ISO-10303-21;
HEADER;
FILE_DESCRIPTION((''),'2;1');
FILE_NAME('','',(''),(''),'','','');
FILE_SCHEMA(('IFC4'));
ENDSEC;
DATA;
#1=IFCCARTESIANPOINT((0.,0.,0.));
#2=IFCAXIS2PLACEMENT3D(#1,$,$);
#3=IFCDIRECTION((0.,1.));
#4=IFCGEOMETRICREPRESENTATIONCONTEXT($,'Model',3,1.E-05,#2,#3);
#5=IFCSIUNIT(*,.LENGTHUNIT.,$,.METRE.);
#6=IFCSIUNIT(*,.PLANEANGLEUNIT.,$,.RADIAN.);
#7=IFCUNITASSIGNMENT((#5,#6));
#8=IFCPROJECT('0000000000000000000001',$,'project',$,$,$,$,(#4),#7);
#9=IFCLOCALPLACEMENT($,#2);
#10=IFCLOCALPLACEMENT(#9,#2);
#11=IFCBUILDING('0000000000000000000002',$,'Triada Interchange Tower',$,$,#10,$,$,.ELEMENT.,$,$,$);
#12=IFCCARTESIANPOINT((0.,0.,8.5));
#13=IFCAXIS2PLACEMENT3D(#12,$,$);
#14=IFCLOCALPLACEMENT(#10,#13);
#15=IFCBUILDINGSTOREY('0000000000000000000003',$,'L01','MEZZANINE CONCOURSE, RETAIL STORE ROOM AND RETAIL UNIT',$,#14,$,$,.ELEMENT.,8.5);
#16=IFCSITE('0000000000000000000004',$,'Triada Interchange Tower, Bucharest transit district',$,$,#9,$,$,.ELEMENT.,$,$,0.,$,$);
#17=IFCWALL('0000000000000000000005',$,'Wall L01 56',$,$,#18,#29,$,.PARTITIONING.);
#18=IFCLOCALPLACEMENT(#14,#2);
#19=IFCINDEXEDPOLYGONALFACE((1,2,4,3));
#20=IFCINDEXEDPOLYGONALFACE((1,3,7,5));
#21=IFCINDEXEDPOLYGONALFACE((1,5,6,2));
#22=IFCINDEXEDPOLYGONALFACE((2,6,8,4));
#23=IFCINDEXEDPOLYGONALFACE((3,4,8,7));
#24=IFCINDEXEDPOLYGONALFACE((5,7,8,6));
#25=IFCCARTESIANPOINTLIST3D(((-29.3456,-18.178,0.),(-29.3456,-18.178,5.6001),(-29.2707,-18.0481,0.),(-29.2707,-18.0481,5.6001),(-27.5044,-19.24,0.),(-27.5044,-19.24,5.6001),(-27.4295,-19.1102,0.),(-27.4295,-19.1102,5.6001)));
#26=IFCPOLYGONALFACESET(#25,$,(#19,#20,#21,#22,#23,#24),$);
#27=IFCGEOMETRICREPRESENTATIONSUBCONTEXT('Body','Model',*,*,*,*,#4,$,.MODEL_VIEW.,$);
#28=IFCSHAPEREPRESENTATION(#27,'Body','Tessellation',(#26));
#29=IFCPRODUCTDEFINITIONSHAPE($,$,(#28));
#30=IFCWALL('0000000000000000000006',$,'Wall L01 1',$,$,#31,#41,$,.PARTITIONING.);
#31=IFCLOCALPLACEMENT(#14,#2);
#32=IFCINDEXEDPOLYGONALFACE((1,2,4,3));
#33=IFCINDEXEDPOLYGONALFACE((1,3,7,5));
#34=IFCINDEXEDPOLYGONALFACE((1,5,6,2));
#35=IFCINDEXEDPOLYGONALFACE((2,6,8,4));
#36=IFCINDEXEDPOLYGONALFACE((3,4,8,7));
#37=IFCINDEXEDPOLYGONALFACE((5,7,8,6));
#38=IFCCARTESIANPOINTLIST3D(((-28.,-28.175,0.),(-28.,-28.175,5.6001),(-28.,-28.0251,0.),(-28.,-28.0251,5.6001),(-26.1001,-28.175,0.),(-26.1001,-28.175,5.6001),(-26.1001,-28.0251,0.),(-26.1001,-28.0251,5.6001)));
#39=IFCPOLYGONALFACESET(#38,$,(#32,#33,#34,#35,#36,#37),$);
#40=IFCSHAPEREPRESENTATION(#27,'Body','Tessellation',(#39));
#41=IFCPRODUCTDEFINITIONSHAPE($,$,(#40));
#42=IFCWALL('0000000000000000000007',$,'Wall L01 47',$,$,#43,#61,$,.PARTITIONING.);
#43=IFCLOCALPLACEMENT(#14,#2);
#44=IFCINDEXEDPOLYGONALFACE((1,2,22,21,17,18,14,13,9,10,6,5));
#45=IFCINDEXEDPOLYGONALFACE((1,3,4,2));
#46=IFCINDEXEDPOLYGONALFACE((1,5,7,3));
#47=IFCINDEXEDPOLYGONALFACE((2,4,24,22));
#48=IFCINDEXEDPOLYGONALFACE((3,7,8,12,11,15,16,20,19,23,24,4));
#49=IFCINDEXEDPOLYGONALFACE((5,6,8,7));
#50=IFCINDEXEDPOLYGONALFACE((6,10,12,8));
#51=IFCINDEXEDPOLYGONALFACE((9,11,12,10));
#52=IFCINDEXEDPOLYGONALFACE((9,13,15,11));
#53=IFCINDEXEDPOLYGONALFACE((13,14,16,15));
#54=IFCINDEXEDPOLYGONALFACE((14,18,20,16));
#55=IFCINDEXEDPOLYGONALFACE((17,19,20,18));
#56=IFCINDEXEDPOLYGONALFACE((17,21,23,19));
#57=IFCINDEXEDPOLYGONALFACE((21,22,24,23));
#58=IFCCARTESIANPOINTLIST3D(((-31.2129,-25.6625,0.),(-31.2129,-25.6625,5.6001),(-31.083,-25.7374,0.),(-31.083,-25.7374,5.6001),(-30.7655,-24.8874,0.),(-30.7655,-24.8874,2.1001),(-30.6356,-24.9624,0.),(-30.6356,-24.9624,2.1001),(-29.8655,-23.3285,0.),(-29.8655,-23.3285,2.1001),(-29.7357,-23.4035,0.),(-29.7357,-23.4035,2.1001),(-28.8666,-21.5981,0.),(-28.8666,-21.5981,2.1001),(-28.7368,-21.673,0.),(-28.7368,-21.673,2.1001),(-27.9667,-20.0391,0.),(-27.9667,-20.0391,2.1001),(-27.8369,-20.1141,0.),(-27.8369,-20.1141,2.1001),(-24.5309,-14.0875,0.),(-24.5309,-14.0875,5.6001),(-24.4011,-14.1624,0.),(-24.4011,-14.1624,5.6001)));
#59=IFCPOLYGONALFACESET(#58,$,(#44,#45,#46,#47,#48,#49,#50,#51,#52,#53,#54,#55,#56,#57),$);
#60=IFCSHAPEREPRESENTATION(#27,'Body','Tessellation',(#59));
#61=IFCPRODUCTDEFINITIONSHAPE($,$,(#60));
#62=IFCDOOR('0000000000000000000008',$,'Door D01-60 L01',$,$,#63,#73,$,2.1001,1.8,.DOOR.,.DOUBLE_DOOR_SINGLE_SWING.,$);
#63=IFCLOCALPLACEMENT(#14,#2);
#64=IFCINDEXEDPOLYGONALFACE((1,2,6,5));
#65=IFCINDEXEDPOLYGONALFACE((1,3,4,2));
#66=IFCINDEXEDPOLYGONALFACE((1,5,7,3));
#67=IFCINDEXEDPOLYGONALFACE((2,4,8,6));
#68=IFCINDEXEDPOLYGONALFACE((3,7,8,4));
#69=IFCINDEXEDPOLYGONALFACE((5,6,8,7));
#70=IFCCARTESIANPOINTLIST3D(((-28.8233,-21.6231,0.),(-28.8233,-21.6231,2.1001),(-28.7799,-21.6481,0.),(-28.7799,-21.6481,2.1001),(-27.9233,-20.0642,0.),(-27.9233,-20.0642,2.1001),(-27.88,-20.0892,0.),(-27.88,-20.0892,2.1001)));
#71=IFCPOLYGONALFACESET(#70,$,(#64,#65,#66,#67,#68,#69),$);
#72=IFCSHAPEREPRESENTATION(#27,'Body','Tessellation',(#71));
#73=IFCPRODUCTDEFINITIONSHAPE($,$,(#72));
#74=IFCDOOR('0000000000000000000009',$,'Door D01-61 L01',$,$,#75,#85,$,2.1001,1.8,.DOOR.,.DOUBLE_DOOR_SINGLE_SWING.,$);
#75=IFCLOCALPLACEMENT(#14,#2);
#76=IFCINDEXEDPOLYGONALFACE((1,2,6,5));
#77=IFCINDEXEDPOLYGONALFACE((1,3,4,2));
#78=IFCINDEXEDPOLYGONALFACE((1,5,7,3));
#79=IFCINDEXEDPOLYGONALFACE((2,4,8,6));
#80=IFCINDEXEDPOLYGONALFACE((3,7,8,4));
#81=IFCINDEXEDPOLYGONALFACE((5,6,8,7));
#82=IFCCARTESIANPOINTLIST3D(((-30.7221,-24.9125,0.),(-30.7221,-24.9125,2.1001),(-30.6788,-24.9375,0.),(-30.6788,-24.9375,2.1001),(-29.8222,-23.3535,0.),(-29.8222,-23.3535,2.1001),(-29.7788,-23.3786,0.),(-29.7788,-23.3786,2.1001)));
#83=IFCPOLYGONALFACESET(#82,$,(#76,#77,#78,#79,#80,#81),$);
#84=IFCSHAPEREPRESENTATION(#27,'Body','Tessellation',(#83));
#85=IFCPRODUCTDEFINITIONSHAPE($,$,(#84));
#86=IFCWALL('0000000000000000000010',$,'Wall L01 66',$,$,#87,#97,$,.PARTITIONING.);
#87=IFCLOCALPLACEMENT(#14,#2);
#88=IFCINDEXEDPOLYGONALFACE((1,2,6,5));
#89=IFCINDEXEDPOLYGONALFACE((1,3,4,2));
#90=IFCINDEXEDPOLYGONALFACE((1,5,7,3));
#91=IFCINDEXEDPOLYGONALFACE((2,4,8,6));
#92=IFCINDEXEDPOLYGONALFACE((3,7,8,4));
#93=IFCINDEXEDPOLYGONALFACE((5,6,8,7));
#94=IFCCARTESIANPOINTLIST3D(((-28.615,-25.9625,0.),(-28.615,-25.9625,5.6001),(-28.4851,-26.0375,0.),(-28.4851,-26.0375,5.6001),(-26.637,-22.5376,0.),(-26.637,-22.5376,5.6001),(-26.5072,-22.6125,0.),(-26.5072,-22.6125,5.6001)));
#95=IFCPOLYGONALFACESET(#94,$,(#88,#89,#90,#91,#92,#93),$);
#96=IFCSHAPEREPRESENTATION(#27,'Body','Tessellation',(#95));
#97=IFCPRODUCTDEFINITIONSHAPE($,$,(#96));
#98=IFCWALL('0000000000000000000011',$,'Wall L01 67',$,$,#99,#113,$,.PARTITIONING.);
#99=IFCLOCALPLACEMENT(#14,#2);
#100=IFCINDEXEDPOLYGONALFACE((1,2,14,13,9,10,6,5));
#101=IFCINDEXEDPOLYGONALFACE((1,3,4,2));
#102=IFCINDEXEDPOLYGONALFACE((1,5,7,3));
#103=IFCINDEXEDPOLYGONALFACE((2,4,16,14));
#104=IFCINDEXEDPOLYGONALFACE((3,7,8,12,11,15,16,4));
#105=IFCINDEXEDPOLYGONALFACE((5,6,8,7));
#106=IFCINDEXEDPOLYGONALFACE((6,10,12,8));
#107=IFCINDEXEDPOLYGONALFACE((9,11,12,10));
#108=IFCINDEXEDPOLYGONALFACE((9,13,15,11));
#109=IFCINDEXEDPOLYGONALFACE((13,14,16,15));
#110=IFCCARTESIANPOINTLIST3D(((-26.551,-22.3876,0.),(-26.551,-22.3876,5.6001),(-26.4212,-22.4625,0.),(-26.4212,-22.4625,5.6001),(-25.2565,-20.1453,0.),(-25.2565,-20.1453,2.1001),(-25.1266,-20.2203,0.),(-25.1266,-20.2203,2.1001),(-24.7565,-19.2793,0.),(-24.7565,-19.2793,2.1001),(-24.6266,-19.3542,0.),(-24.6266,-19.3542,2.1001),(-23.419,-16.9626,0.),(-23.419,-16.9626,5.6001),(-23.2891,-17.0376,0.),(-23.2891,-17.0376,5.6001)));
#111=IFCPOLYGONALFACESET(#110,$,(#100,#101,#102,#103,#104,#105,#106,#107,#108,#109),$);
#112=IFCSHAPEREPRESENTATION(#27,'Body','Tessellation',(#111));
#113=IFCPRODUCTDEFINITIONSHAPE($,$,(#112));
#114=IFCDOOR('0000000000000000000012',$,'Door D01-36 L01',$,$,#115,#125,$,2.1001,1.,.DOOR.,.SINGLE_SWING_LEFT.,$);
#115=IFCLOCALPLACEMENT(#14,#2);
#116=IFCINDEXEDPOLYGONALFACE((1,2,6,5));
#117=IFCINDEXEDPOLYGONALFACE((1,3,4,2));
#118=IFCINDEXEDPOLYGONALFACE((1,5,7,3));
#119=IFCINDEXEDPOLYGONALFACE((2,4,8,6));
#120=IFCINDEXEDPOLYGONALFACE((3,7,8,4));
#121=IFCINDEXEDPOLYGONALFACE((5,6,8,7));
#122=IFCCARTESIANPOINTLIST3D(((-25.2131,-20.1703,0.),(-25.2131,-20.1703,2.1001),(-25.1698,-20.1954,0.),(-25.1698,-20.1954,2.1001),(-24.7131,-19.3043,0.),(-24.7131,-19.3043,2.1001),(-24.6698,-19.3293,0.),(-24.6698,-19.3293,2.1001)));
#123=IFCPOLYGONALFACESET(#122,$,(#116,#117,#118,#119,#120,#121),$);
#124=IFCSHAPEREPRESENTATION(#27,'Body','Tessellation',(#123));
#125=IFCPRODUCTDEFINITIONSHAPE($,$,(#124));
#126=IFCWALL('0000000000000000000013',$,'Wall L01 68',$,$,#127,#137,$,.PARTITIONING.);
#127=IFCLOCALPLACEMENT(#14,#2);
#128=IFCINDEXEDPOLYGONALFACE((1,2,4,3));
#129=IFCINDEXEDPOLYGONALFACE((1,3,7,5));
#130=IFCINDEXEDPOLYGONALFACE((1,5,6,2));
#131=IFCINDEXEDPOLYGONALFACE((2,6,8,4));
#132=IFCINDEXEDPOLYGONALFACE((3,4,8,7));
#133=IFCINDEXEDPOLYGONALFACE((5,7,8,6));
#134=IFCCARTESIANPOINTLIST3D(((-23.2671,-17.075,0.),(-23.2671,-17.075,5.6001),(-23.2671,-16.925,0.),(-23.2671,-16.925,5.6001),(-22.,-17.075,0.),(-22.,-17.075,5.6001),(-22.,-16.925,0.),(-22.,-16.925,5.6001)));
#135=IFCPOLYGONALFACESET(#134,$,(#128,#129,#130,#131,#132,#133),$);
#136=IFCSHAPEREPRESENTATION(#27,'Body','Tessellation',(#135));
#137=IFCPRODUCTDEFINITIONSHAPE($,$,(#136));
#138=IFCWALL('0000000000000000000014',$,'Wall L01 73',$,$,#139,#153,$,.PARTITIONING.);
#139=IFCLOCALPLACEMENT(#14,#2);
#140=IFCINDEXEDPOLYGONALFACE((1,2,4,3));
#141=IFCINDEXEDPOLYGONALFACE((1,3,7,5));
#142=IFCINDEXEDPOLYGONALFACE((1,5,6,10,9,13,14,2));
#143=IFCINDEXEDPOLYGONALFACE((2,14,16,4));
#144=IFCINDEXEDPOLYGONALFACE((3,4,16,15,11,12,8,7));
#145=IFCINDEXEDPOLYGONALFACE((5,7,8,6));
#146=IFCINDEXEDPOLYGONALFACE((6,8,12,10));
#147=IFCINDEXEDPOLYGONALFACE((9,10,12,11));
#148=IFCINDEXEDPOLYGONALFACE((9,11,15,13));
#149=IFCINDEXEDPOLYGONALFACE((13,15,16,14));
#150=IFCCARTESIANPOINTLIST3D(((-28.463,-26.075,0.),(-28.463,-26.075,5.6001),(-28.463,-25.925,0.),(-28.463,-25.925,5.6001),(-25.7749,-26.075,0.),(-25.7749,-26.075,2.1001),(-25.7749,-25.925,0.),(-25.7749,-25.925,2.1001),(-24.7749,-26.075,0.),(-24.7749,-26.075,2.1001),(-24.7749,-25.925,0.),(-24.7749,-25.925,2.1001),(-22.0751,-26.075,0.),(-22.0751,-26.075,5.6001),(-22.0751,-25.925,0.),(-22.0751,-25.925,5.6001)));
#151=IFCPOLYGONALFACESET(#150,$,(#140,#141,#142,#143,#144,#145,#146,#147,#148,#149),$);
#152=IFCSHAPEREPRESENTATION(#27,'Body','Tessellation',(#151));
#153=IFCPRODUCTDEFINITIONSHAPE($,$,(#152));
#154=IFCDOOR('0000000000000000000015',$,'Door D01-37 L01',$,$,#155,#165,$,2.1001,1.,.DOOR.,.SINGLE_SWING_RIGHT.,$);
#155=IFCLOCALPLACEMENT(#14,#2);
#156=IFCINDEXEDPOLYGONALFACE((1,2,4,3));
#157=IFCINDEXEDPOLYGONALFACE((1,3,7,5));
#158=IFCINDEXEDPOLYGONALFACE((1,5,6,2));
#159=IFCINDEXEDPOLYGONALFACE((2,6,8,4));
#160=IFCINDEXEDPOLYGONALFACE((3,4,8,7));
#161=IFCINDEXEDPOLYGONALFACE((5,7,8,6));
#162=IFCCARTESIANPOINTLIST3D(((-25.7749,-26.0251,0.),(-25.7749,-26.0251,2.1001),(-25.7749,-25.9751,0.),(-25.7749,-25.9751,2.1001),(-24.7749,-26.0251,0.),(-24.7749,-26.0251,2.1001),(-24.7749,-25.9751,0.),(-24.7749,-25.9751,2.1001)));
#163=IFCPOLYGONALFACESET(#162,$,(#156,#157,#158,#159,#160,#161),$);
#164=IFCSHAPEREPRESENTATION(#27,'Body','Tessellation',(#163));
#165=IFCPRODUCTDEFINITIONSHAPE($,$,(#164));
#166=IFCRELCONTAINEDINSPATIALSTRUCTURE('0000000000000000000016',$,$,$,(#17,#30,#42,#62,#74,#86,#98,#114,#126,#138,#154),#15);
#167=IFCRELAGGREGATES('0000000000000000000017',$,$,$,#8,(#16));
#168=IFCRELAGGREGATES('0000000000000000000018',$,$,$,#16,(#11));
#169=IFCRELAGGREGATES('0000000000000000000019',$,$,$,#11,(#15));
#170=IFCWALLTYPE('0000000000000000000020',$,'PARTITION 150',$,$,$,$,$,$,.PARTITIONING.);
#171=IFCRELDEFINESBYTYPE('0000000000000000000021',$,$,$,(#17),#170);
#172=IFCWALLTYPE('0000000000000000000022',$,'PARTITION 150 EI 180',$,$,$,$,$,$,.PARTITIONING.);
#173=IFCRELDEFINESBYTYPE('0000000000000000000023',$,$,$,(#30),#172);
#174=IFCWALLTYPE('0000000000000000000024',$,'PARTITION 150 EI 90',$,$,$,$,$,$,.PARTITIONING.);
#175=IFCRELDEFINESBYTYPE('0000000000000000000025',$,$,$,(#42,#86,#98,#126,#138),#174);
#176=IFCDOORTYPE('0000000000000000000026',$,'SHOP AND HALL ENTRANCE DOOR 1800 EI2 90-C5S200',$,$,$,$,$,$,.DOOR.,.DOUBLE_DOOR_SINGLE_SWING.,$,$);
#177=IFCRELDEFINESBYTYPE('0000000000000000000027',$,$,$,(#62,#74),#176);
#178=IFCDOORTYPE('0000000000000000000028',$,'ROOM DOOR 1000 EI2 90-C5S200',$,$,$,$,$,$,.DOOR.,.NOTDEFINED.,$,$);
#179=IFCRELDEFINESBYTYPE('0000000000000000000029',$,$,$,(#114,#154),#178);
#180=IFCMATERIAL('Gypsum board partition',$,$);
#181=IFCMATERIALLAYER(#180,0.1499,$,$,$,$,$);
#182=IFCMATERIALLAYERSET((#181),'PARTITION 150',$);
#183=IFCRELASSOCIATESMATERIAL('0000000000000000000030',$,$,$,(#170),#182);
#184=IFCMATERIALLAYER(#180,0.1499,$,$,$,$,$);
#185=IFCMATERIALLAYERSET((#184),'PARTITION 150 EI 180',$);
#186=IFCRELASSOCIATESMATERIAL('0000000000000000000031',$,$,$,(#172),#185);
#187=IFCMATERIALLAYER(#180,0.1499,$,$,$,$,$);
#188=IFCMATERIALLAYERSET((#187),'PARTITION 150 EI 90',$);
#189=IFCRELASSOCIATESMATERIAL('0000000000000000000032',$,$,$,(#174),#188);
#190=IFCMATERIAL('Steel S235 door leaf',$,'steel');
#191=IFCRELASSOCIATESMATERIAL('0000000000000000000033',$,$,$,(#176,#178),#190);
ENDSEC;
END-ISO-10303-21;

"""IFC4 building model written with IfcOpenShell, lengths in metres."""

from ifc_helpers import new_model, si_unit, direction, frame, frame_2d, origin, place, context, subcontext, project, spatial, rectangle, extrude, material, layer, layer_set, type_object, element, fill, save


model = new_model("IFC4")

# Units and contexts
model_context = context("Model", 3, precision=1e-05, world=origin(), true_north=direction((0.0, 1.0)))
body_context = subcontext(model_context, "Body", "Model", "MODEL_VIEW")
ifc_project = project(units=[si_unit("LENGTHUNIT", "METRE"), si_unit("PLANEANGLEUNIT", "RADIAN")], contexts=[model_context])

# Site, building, storey
site_placement = place(None, origin())
site = spatial("IfcSite", under=ifc_project, at=site_placement, Name="Triada Interchange Tower, Bucharest transit district", CompositionType="ELEMENT", RefElevation=0.0)
building_placement = place(site_placement, origin())
building = spatial("IfcBuilding", under=site, at=building_placement, Name="Triada Interchange Tower", CompositionType="ELEMENT")
storey_placement = place(building_placement, frame((0.0, 0.0, 8.5)))
storey = spatial("IfcBuildingStorey", under=building, at=storey_placement, Name="L01", Description="MEZZANINE CONCOURSE, RETAIL STORE ROOM AND RETAIL UNIT", CompositionType="ELEMENT", Elevation=8.5)

# Shared definitions
ifc_material_1 = material(Name="Steel S235 door leaf", Category="steel")

# Walls
ifc_material_2 = material(Name="Gypsum board partition")
ifc_layer_1 = layer(ifc_material_2, 0.1499)
ifc_layer_set_1 = layer_set([ifc_layer_1], Name="PARTITION 150")
wall_type_1 = type_object("IfcWallType", Name="PARTITION 150", PredefinedType="PARTITIONING", material=ifc_layer_set_1)
wall_1_placement = place(storey_placement, frame((-29.3081, -18.113, 0.0), z_axis=(0.0, 0.0, 1.0), x_axis=(0.866214, -0.499673, 0.0)))
element("IfcWall", 1, at=wall_1_placement, inside=storey, type_object=wall_type_1, Name="Wall L01 56", PredefinedType="PARTITIONING", context=body_context, shape_type="SweptSolid", body=[
    extrude(rectangle(XDim=2.1255, YDim=0.1499, at=frame_2d((1.0627, 0.0))), origin(), (0.0, 0.0, 1.0), 5.6001),
])
ifc_layer_2 = layer(ifc_material_2, 0.1499)
ifc_layer_set_2 = layer_set([ifc_layer_2], Name="PARTITION 150 EI 180")
wall_type_2 = type_object("IfcWallType", Name="PARTITION 150 EI 180", PredefinedType="PARTITIONING", material=ifc_layer_set_2)
wall_2_placement = place(storey_placement, frame((-28.0, -28.1001, 0.0), z_axis=(0.0, 0.0, 1.0), x_axis=(1.0, 0.0, 0.0)))
element("IfcWall", 2, at=wall_2_placement, inside=storey, type_object=wall_type_2, Name="Wall L01 1", PredefinedType="PARTITIONING", context=body_context, shape_type="SweptSolid", body=[
    extrude(rectangle(XDim=1.8999, YDim=0.1499, at=frame_2d((0.95, 0.0))), origin(), (0.0, 0.0, 1.0), 5.6001),
])

# Wall, openings, doors
ifc_layer_3 = layer(ifc_material_2, 0.1499)
ifc_layer_set_3 = layer_set([ifc_layer_3], Name="PARTITION 150 EI 90")
wall_type_3 = type_object("IfcWallType", Name="PARTITION 150 EI 90", PredefinedType="PARTITIONING", material=ifc_layer_set_3)
wall_3_placement = place(storey_placement, frame((-31.1479, -25.7, 0.0), z_axis=(0.0, 0.0, 1.0), x_axis=(0.499949, 0.866055, 0.0)))
wall_3 = element("IfcWall", 3, at=wall_3_placement, inside=storey, type_object=wall_type_3, Name="Wall L01 47", PredefinedType="PARTITIONING", context=body_context, shape_type="SweptSolid", body=[
    extrude(rectangle(XDim=13.3652, YDim=0.1499, at=frame_2d((6.6826, 0.0))), origin(), (0.0, 0.0, 1.0), 5.6001),
])
opening_1_placement = place(wall_3_placement, frame((4.6931, 0.0, 0.0)))
opening_1 = element("IfcOpeningElement", 4, at=opening_1_placement, cuts=wall_3, PredefinedType="OPENING", context=body_context, shape_type="SweptSolid", body=[
    extrude(rectangle(XDim=1.8, YDim=2.1001, at=frame_2d((0.8999, 1.05))), frame((0.0, 0.085, 0.0), z_axis=(0.0, -1.0, 0.0), x_axis=(1.0, 0.0, 0.0)), (0.0, 0.0, 1.0), 0.1699),
])
opening_2_placement = place(wall_3_placement, frame((0.895, 0.0, 0.0)))
opening_2 = element("IfcOpeningElement", 5, at=opening_2_placement, cuts=wall_3, PredefinedType="OPENING", context=body_context, shape_type="SweptSolid", body=[
    extrude(rectangle(XDim=1.8, YDim=2.1001, at=frame_2d((0.8999, 1.05))), frame((0.0, 0.085, 0.0), z_axis=(0.0, -1.0, 0.0), x_axis=(1.0, 0.0, 0.0)), (0.0, 0.0, 1.0), 0.1699),
])
door_type_1 = type_object("IfcDoorType", Name="SHOP AND HALL ENTRANCE DOOR 1800 EI2 90-C5S200", OperationType="DOUBLE_DOOR_SINGLE_SWING", PredefinedType="DOOR", material=ifc_material_1)
door_1_placement = place(opening_1_placement, origin())
door_1 = element("IfcDoor", 6, at=door_1_placement, inside=storey, type_object=door_type_1, Name="Door D01-60 L01", OperationType="DOUBLE_DOOR_SINGLE_SWING", OverallHeight=2.1001, OverallWidth=1.8, PredefinedType="DOOR", context=body_context, shape_type="SweptSolid", body=[
    extrude(rectangle(XDim=1.8, YDim=2.1001, at=frame_2d((0.8999, 1.05))), frame((0.0, 0.0249, 0.0), z_axis=(0.0, -1.0, 0.0), x_axis=(1.0, 0.0, 0.0)), (0.0, 0.0, 1.0), 0.05),
])
fill(opening_1, door_1)
door_2_placement = place(opening_2_placement, origin())
door_2 = element("IfcDoor", 7, at=door_2_placement, inside=storey, type_object=door_type_1, Name="Door D01-61 L01", OperationType="DOUBLE_DOOR_SINGLE_SWING", OverallHeight=2.1001, OverallWidth=1.8, PredefinedType="DOOR", context=body_context, shape_type="SweptSolid", body=[
    extrude(rectangle(XDim=1.8, YDim=2.1001, at=frame_2d((0.8999, 1.05))), frame((0.0, 0.0249, 0.0), z_axis=(0.0, -1.0, 0.0), x_axis=(1.0, 0.0, 0.0)), (0.0, 0.0, 1.0), 0.05),
])
fill(opening_2, door_2)

# Wall
wall_4_placement = place(storey_placement, frame((-28.55, -26.0, 0.0), z_axis=(0.0, 0.0, 1.0), x_axis=(0.500109, 0.865963, 0.0)))
element("IfcWall", 8, at=wall_4_placement, inside=storey, type_object=wall_type_3, Name="Wall L01 66", PredefinedType="PARTITIONING", context=body_context, shape_type="SweptSolid", body=[
    extrude(rectangle(XDim=3.9551, YDim=0.1499, at=frame_2d((1.9775, 0.0))), origin(), (0.0, 0.0, 1.0), 5.6001),
])

# Wall, opening, door
wall_5_placement = place(storey_placement, frame((-26.4861, -22.425, 0.0), z_axis=(0.0, 0.0, 1.0), x_axis=(0.499991, 0.86603, 0.0)))
wall_5 = element("IfcWall", 9, at=wall_5_placement, inside=storey, type_object=wall_type_3, Name="Wall L01 67", PredefinedType="PARTITIONING", context=body_context, shape_type="SweptSolid", body=[
    extrude(rectangle(XDim=6.2642, YDim=0.1499, at=frame_2d((3.1321, 0.0))), origin(), (0.0, 0.0, 1.0), 5.6001),
])
opening_3_placement = place(wall_5_placement, frame((2.5891, 0.0, 0.0)))
opening_3 = element("IfcOpeningElement", 10, at=opening_3_placement, cuts=wall_5, PredefinedType="OPENING", context=body_context, shape_type="SweptSolid", body=[
    extrude(rectangle(XDim=1.0, YDim=2.1001, at=frame_2d((0.5, 1.05))), frame((0.0, 0.085, 0.0), z_axis=(0.0, -1.0, 0.0), x_axis=(1.0, 0.0, 0.0)), (0.0, 0.0, 1.0), 0.1699),
])
door_type_2 = type_object("IfcDoorType", Name="ROOM DOOR 1000 EI2 90-C5S200", OperationType="NOTDEFINED", PredefinedType="DOOR", material=ifc_material_1)
door_3_placement = place(opening_3_placement, origin())
door_3 = element("IfcDoor", 11, at=door_3_placement, inside=storey, type_object=door_type_2, Name="Door D01-36 L01", OperationType="SINGLE_SWING_LEFT", OverallHeight=2.1001, OverallWidth=1.0, PredefinedType="DOOR", context=body_context, shape_type="SweptSolid", body=[
    extrude(rectangle(XDim=1.0, YDim=2.1001, at=frame_2d((0.5, 1.05))), frame((0.0, 0.0249, 0.0), z_axis=(0.0, -1.0, 0.0), x_axis=(1.0, 0.0, 0.0)), (0.0, 0.0, 1.0), 0.05),
])
fill(opening_3, door_3)

# Wall
wall_6_placement = place(storey_placement, frame((-23.2671, -17.0, 0.0), z_axis=(0.0, 0.0, 1.0), x_axis=(1.0, 0.0, 0.0)))
element("IfcWall", 12, at=wall_6_placement, inside=storey, type_object=wall_type_3, Name="Wall L01 68", PredefinedType="PARTITIONING", context=body_context, shape_type="SweptSolid", body=[
    extrude(rectangle(XDim=1.2671, YDim=0.1499, at=frame_2d((0.6335, 0.0))), origin(), (0.0, 0.0, 1.0), 5.6001),
])

# Wall, opening, door
wall_7_placement = place(storey_placement, frame((-28.4629, -26.0, 0.0), z_axis=(0.0, 0.0, 1.0), x_axis=(1.0, 0.0, 0.0)))
wall_7 = element("IfcWall", 13, at=wall_7_placement, inside=storey, type_object=wall_type_3, Name="Wall L01 73", PredefinedType="PARTITIONING", context=body_context, shape_type="SweptSolid", body=[
    extrude(rectangle(XDim=6.3879, YDim=0.1499, at=frame_2d((3.1938, 0.0))), origin(), (0.0, 0.0, 1.0), 5.6001),
])
opening_4_placement = place(wall_7_placement, frame((2.688, 0.0, 0.0)))
opening_4 = element("IfcOpeningElement", 14, at=opening_4_placement, cuts=wall_7, PredefinedType="OPENING", context=body_context, shape_type="SweptSolid", body=[
    extrude(rectangle(XDim=1.0, YDim=2.1001, at=frame_2d((0.5, 1.05))), frame((0.0, 0.085, 0.0), z_axis=(0.0, -1.0, 0.0), x_axis=(1.0, 0.0, 0.0)), (0.0, 0.0, 1.0), 0.1699),
])
door_4_placement = place(opening_4_placement, origin())
door_4 = element("IfcDoor", 15, at=door_4_placement, inside=storey, type_object=door_type_2, Name="Door D01-37 L01", OperationType="SINGLE_SWING_RIGHT", OverallHeight=2.1001, OverallWidth=1.0, PredefinedType="DOOR", context=body_context, shape_type="SweptSolid", body=[
    extrude(rectangle(XDim=1.0, YDim=2.1001, at=frame_2d((0.5, 1.05))), frame((0.0, 0.0249, 0.0), z_axis=(0.0, -1.0, 0.0), x_axis=(1.0, 0.0, 0.0)), (0.0, 0.0, 1.0), 0.05),
])
fill(opening_4, door_4)

save(model, "model.ifc")
